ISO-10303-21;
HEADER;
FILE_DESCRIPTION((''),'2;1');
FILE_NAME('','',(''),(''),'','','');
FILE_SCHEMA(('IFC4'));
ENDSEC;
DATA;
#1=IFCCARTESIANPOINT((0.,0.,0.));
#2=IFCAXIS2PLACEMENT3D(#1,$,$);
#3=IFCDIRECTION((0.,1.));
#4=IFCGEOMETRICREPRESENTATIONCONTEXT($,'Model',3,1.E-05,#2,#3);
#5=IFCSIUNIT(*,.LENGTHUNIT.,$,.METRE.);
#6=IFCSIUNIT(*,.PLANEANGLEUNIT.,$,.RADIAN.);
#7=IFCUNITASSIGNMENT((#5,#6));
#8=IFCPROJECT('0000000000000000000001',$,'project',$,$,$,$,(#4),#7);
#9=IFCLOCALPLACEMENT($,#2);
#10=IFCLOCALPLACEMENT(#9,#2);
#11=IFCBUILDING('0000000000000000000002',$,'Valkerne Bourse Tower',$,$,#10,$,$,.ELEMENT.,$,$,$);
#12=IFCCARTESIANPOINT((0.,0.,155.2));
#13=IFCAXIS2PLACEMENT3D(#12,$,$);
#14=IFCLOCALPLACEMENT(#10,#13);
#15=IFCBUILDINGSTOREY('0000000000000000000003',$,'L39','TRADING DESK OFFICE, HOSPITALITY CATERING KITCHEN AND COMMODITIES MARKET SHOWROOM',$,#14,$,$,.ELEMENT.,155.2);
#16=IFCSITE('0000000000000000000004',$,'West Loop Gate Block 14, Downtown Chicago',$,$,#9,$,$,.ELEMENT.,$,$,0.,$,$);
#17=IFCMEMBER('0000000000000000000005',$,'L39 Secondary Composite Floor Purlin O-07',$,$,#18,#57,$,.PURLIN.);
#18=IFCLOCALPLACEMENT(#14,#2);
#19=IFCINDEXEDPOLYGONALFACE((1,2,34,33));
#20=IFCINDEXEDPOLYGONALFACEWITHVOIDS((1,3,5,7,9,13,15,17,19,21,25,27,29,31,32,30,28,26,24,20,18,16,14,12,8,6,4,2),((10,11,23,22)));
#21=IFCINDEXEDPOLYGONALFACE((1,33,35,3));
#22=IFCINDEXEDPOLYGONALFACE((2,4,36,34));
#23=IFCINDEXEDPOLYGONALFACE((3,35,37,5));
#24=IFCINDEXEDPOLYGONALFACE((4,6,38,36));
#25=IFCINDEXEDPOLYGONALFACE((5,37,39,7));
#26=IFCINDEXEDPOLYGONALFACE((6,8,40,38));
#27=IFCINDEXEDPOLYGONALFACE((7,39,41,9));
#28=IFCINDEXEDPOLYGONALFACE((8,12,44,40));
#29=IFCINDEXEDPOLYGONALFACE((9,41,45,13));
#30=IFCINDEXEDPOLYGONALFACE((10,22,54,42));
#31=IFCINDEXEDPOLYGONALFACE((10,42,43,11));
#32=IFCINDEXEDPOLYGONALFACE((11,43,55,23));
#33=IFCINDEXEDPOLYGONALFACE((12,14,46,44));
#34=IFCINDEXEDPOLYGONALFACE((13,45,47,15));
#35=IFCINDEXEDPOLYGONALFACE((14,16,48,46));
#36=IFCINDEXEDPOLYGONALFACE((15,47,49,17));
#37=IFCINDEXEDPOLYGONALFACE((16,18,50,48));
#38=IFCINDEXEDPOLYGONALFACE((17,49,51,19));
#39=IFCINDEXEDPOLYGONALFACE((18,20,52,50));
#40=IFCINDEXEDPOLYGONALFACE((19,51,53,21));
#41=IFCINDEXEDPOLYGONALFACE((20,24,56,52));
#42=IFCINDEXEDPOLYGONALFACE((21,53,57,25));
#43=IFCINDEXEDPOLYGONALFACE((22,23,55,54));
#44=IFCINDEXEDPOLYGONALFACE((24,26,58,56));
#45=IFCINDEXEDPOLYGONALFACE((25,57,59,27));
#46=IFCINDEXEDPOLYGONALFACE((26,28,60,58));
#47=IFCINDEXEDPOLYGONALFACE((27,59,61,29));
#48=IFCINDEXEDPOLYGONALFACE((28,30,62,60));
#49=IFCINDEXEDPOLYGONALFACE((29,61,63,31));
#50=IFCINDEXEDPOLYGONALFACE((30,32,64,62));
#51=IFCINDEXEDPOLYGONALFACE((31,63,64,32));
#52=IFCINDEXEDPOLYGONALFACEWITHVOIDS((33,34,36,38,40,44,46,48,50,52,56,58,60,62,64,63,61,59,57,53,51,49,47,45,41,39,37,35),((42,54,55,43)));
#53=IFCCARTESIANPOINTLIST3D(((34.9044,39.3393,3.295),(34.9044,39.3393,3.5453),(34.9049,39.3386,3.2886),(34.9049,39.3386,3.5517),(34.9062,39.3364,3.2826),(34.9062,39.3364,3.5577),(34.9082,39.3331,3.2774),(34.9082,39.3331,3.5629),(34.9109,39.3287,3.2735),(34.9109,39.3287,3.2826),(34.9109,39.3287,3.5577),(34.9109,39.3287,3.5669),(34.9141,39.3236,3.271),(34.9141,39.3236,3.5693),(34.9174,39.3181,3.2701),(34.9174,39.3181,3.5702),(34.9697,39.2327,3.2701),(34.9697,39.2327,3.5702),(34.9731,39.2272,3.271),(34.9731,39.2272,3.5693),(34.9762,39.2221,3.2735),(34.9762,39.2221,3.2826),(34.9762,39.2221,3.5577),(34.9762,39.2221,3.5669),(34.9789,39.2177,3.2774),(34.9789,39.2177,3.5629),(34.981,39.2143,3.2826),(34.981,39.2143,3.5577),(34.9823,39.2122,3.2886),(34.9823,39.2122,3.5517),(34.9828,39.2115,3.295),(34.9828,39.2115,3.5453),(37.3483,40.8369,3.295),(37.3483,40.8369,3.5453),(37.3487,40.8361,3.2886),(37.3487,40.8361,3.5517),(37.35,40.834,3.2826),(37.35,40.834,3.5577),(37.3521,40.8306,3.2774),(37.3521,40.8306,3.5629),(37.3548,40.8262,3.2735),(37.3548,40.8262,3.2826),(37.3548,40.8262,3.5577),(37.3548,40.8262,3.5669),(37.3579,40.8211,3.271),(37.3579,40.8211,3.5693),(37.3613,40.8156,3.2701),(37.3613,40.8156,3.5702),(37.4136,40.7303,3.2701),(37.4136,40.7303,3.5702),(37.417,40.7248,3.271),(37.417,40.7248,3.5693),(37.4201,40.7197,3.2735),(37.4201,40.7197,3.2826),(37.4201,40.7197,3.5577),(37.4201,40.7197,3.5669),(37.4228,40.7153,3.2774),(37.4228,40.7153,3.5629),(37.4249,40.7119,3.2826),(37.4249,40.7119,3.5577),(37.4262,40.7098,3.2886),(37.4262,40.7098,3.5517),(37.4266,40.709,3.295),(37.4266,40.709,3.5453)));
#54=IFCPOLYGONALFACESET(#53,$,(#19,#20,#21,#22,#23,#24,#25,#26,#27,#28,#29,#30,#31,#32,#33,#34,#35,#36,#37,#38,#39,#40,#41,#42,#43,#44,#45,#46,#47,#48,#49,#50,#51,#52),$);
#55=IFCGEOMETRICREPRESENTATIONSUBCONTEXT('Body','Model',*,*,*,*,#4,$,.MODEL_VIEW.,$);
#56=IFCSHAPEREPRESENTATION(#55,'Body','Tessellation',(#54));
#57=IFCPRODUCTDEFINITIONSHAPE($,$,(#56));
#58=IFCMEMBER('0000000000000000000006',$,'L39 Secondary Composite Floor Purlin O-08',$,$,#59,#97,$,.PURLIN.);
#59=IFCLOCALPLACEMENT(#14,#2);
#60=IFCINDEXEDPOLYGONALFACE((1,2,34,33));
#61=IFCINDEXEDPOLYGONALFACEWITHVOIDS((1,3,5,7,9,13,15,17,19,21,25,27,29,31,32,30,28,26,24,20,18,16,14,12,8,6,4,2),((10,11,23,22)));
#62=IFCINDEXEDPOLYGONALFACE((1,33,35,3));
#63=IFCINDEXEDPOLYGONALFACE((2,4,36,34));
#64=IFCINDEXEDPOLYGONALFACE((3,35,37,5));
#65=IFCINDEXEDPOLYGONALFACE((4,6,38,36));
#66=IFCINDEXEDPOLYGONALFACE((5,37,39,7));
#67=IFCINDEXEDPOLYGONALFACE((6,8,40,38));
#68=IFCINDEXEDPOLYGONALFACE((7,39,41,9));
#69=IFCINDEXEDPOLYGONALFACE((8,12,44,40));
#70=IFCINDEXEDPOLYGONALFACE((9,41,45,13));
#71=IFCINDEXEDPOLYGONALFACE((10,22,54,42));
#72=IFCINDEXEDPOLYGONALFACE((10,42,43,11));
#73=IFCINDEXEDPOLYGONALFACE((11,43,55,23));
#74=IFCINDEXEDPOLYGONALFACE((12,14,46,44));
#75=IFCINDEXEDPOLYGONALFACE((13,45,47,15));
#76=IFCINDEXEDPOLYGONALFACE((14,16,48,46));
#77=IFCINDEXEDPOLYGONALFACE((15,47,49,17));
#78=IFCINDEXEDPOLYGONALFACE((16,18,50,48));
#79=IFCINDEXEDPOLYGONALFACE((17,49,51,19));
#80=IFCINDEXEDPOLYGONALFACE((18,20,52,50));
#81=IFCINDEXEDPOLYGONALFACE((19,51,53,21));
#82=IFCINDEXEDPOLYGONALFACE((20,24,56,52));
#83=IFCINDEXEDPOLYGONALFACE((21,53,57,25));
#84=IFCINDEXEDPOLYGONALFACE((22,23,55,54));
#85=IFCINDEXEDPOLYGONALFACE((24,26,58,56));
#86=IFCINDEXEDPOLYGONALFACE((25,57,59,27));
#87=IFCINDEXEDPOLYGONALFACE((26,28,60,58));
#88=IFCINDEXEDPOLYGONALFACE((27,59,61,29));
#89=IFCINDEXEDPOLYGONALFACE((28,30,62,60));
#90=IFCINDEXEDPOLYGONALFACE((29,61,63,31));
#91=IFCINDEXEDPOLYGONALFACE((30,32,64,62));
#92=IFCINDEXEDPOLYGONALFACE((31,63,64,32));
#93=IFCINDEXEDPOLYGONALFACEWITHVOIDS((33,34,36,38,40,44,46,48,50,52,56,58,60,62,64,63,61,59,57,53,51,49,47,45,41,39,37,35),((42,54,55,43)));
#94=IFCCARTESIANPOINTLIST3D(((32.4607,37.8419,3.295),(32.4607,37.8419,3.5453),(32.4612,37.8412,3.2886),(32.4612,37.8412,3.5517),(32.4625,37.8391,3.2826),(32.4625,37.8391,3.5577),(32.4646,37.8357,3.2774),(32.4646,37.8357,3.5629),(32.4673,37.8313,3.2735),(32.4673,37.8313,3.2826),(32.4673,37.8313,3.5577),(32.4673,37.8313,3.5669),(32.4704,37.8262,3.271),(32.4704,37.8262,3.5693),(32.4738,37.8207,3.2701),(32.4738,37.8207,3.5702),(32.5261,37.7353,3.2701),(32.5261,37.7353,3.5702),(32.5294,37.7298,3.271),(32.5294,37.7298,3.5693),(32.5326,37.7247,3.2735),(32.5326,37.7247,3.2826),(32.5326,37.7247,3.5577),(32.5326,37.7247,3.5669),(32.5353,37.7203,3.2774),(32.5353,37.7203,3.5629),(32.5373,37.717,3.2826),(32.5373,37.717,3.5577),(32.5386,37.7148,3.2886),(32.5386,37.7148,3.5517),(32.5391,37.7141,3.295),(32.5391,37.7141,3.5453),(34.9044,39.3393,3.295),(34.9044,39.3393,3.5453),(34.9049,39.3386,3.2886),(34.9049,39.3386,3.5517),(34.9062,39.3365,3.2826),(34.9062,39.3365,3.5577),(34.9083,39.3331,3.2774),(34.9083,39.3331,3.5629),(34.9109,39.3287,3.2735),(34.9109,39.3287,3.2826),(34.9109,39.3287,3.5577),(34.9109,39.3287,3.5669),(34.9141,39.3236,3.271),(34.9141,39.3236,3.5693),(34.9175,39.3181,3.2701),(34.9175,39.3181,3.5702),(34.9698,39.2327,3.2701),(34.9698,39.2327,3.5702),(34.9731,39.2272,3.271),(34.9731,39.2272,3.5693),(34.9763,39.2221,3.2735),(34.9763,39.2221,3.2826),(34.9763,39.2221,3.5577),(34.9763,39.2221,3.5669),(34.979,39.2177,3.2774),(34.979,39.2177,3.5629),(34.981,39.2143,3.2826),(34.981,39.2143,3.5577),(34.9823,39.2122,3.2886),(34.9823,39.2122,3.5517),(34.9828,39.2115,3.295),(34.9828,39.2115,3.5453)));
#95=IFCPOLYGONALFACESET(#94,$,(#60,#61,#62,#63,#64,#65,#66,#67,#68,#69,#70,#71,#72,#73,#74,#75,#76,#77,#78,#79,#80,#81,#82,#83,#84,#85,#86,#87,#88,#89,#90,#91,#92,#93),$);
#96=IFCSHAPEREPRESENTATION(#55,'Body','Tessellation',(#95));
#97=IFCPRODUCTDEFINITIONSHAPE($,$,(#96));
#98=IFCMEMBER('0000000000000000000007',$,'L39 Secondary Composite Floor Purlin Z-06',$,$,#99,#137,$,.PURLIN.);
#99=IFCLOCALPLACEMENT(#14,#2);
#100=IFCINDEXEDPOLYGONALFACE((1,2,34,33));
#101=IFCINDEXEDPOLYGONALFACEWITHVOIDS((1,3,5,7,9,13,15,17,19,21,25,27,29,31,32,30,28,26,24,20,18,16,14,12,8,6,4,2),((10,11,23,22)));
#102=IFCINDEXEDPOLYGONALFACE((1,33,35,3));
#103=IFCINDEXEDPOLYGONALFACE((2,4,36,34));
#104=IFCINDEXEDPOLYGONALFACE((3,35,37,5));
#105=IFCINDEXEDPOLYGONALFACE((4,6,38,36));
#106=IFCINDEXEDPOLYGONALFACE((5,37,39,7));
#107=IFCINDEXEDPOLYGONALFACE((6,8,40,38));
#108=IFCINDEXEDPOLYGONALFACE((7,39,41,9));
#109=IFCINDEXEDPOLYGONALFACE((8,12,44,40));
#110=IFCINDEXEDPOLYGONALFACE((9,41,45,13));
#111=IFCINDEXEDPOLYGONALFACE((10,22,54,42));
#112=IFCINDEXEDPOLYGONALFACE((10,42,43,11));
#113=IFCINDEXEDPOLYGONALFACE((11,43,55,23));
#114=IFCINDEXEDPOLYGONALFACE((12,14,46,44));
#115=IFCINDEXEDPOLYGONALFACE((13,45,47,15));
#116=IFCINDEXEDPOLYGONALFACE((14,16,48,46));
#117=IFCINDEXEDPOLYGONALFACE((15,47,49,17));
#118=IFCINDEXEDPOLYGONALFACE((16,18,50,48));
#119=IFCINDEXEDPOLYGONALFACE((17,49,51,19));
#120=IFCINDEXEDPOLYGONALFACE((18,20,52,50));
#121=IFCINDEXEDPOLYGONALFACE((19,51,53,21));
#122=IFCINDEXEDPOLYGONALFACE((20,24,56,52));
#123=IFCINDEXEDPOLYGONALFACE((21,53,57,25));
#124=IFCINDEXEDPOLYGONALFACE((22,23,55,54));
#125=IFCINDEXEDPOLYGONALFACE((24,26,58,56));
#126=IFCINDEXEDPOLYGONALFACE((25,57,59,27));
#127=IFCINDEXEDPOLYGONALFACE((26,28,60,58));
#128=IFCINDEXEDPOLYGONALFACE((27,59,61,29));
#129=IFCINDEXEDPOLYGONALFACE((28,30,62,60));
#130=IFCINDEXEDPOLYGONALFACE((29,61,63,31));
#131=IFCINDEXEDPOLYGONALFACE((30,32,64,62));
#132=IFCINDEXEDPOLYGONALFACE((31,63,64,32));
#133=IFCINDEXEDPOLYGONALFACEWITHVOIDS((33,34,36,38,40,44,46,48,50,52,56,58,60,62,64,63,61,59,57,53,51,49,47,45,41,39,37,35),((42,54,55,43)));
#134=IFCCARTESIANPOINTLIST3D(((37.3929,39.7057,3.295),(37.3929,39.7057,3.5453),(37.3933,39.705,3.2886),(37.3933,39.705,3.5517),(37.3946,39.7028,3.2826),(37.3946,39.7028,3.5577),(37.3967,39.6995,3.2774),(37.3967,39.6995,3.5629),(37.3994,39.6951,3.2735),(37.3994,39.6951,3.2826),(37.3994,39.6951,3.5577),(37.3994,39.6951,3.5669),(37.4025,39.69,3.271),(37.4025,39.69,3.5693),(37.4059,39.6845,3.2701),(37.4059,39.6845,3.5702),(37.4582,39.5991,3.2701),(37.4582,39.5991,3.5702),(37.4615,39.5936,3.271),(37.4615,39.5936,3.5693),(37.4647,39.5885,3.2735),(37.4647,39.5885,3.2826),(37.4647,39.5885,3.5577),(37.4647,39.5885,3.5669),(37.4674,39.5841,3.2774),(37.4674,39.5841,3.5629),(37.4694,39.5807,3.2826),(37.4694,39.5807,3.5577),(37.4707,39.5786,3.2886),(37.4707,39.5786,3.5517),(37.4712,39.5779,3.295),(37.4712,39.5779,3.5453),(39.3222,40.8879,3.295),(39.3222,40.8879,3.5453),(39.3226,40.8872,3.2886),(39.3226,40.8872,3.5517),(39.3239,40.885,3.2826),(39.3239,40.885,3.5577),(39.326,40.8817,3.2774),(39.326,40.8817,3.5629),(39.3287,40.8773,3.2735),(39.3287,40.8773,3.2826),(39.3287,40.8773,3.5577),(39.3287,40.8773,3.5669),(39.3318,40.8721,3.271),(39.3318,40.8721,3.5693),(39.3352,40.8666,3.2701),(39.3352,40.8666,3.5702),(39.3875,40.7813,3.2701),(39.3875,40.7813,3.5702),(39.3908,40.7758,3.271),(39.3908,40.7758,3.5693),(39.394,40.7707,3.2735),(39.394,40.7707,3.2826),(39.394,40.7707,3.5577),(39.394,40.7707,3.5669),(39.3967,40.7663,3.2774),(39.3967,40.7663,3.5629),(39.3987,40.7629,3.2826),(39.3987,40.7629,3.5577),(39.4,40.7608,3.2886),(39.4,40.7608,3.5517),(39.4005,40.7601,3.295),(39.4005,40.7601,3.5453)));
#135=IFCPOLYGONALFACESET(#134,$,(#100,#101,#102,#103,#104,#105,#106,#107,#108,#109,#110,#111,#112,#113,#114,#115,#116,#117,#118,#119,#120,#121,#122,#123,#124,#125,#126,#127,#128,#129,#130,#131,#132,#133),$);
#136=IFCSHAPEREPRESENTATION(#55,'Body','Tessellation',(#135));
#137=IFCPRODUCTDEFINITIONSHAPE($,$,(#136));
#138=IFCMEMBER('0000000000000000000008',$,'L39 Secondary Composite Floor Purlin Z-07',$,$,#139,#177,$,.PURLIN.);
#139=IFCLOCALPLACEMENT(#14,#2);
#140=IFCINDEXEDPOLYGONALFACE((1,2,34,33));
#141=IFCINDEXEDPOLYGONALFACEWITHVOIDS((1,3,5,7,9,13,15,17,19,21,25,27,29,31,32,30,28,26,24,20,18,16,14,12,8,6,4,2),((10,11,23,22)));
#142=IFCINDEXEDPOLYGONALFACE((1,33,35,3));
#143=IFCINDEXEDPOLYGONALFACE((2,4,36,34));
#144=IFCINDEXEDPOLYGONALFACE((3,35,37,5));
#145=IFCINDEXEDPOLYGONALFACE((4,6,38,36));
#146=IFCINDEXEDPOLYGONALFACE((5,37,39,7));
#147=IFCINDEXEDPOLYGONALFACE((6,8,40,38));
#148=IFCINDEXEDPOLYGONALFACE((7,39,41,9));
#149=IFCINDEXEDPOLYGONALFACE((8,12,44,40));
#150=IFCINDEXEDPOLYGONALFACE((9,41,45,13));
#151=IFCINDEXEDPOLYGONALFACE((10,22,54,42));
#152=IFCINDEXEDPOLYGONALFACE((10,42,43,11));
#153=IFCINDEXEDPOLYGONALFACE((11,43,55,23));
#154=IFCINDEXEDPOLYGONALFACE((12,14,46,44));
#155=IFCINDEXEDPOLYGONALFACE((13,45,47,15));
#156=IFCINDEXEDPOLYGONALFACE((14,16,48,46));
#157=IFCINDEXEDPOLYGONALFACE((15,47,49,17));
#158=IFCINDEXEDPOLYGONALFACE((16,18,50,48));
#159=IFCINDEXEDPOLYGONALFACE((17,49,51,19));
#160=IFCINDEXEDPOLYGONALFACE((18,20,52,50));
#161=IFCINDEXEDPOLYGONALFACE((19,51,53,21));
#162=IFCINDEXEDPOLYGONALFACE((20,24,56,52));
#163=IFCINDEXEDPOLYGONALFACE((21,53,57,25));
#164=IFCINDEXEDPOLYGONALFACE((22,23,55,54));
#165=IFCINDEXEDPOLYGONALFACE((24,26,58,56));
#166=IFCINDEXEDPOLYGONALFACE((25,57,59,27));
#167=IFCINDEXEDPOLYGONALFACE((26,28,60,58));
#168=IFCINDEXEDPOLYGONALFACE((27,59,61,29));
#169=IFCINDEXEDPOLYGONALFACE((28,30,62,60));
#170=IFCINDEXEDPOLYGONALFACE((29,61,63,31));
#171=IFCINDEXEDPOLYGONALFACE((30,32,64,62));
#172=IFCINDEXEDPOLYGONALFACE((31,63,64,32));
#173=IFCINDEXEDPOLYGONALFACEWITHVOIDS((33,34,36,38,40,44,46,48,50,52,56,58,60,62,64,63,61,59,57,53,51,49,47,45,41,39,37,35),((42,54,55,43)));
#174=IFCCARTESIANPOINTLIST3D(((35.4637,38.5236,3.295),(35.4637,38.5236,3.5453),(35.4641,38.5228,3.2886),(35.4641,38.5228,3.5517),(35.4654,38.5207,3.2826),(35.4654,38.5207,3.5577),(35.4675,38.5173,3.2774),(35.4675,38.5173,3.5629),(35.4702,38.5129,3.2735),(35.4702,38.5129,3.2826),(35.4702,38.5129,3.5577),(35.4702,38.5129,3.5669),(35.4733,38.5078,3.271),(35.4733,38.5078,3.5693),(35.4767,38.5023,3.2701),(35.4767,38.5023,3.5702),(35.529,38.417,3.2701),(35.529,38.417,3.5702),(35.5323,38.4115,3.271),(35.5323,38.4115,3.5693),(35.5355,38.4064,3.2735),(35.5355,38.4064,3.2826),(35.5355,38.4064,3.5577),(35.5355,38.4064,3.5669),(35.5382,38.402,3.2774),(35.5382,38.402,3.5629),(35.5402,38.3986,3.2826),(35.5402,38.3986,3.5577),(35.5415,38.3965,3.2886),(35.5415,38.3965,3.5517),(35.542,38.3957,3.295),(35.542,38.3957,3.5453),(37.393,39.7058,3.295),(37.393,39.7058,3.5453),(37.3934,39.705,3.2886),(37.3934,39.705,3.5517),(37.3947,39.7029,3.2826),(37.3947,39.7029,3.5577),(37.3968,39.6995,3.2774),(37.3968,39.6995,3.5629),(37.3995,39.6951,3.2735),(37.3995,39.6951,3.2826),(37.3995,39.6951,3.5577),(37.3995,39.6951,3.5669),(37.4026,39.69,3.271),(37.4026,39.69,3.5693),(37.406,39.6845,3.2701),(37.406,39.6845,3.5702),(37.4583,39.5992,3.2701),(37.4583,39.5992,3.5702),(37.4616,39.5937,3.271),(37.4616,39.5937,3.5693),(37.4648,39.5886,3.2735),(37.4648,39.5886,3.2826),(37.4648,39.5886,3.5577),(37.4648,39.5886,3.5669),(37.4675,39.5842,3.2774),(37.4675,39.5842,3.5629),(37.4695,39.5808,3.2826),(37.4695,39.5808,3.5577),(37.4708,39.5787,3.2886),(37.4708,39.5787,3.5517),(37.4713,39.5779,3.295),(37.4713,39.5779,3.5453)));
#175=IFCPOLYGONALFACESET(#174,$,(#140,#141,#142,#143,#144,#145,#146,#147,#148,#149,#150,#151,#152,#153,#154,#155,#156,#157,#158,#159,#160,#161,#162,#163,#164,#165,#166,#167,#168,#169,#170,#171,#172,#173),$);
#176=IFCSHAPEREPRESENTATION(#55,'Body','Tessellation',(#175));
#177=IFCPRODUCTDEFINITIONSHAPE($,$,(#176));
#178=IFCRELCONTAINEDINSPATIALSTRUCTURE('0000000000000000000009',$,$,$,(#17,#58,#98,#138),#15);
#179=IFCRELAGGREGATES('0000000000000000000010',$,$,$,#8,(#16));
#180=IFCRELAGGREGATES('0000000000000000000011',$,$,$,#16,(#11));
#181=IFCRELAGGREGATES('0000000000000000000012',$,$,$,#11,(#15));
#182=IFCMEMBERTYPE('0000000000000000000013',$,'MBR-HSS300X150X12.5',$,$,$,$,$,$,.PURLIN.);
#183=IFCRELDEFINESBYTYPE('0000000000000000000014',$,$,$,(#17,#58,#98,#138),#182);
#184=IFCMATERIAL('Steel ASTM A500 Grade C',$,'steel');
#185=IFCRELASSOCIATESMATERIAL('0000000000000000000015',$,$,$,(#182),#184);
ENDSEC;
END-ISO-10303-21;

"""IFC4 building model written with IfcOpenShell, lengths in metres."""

from ifc_helpers import new_model, si_unit, direction, frame, origin, origin_2d, place, context, subcontext, project, spatial, hollow_rectangle, extrude, material, material_profile, profile_set, type_object, element, save


model = new_model("IFC4")

# Units and contexts
model_context = context("Model", 3, precision=1e-05, world=origin(), true_north=direction((0.0, 1.0)))
body_context = subcontext(model_context, "Body", "Model", "MODEL_VIEW")
ifc_project = project(units=[si_unit("LENGTHUNIT", "METRE"), si_unit("PLANEANGLEUNIT", "RADIAN")], contexts=[model_context])

# Site, building, storey
site_placement = place(None, origin())
site = spatial("IfcSite", under=ifc_project, at=site_placement, Name="West Loop Gate Block 14, Downtown Chicago", CompositionType="ELEMENT", RefElevation=0.0)
building_placement = place(site_placement, origin())
building = spatial("IfcBuilding", under=site, at=building_placement, Name="Valkerne Bourse Tower", CompositionType="ELEMENT")
storey_placement = place(building_placement, frame((0.0, 0.0, 155.2)))
storey = spatial("IfcBuildingStorey", under=building, at=storey_placement, Name="L39", Description="TRADING DESK OFFICE, HOSPITALITY CATERING KITCHEN AND COMMODITIES MARKET SHOWROOM", CompositionType="ELEMENT", Elevation=155.2)

# Members
ifc_material_1 = material(Name="Steel ASTM A500 Grade C", Category="steel")
ifc_material_profile_1 = material_profile(ifc_material_1, hollow_rectangle(XDim=0.1499, YDim=0.3, WallThickness=0.0125, OuterFilletRadius=0.0249, at=origin_2d()), Name="HSS300X150X12.5")
ifc_profile_set_1 = profile_set([ifc_material_profile_1], Name="Steel ASTM A500 Grade C")
member_type_1 = type_object("IfcMemberType", Name="MBR-HSS300X150X12.5", PredefinedType="PURLIN", material=ifc_profile_set_1)
member_1_placement = place(storey_placement, frame((37.3875, 40.7729, 3.4202), z_axis=(-0.852645, -0.52249, 0.0), x_axis=(0.52249, -0.852645, 0.0)))
element("IfcMember", 1, at=member_1_placement, inside=storey, type_object=member_type_1, Name="L39 Secondary Composite Floor Purlin O-07", PredefinedType="PURLIN", context=body_context, shape_type="SweptSolid", body=[
    extrude(hollow_rectangle(XDim=0.1499, YDim=0.3, WallThickness=0.0125, OuterFilletRadius=0.0249, at=origin_2d()), origin(), (0.0, 0.0, 1.0), 2.8662),
])
member_2_placement = place(storey_placement, frame((34.9436, 39.2754, 3.4202), z_axis=(-0.85266, -0.522466, 0.0), x_axis=(0.522466, -0.85266, 0.0)))
element("IfcMember", 2, at=member_2_placement, inside=storey, type_object=member_type_1, Name="L39 Secondary Composite Floor Purlin O-08", PredefinedType="PURLIN", context=body_context, shape_type="SweptSolid", body=[
    extrude(hollow_rectangle(XDim=0.1499, YDim=0.3, WallThickness=0.0125, OuterFilletRadius=0.0249, at=origin_2d()), origin(), (0.0, 0.0, 1.0), 2.866),
])
for number, where, z_axis, x_axis, name in (
    (3, (39.3613, 40.824, 3.4202), (-0.852657, -0.522471, 0.0), (0.522471, -0.852657, 0.0), "L39 Secondary Composite Floor Purlin Z-06"),
    (4, (37.4321, 39.6418, 3.4202), (-0.852657, -0.522471, 0.0), (0.522471, -0.852657, 0.0), "L39 Secondary Composite Floor Purlin Z-07"),
):
    element("IfcMember", number, at=place(storey_placement, frame(where, z_axis=z_axis, x_axis=x_axis)), inside=storey, type_object=member_type_1, Name=name, PredefinedType="PURLIN", context=body_context, shape_type="SweptSolid", body=[
        extrude(hollow_rectangle(XDim=0.1499, YDim=0.3, WallThickness=0.0125, OuterFilletRadius=0.0249, at=origin_2d()), origin(), (0.0, 0.0, 1.0), 2.2627),
    ])

save(model, "model.ifc")
